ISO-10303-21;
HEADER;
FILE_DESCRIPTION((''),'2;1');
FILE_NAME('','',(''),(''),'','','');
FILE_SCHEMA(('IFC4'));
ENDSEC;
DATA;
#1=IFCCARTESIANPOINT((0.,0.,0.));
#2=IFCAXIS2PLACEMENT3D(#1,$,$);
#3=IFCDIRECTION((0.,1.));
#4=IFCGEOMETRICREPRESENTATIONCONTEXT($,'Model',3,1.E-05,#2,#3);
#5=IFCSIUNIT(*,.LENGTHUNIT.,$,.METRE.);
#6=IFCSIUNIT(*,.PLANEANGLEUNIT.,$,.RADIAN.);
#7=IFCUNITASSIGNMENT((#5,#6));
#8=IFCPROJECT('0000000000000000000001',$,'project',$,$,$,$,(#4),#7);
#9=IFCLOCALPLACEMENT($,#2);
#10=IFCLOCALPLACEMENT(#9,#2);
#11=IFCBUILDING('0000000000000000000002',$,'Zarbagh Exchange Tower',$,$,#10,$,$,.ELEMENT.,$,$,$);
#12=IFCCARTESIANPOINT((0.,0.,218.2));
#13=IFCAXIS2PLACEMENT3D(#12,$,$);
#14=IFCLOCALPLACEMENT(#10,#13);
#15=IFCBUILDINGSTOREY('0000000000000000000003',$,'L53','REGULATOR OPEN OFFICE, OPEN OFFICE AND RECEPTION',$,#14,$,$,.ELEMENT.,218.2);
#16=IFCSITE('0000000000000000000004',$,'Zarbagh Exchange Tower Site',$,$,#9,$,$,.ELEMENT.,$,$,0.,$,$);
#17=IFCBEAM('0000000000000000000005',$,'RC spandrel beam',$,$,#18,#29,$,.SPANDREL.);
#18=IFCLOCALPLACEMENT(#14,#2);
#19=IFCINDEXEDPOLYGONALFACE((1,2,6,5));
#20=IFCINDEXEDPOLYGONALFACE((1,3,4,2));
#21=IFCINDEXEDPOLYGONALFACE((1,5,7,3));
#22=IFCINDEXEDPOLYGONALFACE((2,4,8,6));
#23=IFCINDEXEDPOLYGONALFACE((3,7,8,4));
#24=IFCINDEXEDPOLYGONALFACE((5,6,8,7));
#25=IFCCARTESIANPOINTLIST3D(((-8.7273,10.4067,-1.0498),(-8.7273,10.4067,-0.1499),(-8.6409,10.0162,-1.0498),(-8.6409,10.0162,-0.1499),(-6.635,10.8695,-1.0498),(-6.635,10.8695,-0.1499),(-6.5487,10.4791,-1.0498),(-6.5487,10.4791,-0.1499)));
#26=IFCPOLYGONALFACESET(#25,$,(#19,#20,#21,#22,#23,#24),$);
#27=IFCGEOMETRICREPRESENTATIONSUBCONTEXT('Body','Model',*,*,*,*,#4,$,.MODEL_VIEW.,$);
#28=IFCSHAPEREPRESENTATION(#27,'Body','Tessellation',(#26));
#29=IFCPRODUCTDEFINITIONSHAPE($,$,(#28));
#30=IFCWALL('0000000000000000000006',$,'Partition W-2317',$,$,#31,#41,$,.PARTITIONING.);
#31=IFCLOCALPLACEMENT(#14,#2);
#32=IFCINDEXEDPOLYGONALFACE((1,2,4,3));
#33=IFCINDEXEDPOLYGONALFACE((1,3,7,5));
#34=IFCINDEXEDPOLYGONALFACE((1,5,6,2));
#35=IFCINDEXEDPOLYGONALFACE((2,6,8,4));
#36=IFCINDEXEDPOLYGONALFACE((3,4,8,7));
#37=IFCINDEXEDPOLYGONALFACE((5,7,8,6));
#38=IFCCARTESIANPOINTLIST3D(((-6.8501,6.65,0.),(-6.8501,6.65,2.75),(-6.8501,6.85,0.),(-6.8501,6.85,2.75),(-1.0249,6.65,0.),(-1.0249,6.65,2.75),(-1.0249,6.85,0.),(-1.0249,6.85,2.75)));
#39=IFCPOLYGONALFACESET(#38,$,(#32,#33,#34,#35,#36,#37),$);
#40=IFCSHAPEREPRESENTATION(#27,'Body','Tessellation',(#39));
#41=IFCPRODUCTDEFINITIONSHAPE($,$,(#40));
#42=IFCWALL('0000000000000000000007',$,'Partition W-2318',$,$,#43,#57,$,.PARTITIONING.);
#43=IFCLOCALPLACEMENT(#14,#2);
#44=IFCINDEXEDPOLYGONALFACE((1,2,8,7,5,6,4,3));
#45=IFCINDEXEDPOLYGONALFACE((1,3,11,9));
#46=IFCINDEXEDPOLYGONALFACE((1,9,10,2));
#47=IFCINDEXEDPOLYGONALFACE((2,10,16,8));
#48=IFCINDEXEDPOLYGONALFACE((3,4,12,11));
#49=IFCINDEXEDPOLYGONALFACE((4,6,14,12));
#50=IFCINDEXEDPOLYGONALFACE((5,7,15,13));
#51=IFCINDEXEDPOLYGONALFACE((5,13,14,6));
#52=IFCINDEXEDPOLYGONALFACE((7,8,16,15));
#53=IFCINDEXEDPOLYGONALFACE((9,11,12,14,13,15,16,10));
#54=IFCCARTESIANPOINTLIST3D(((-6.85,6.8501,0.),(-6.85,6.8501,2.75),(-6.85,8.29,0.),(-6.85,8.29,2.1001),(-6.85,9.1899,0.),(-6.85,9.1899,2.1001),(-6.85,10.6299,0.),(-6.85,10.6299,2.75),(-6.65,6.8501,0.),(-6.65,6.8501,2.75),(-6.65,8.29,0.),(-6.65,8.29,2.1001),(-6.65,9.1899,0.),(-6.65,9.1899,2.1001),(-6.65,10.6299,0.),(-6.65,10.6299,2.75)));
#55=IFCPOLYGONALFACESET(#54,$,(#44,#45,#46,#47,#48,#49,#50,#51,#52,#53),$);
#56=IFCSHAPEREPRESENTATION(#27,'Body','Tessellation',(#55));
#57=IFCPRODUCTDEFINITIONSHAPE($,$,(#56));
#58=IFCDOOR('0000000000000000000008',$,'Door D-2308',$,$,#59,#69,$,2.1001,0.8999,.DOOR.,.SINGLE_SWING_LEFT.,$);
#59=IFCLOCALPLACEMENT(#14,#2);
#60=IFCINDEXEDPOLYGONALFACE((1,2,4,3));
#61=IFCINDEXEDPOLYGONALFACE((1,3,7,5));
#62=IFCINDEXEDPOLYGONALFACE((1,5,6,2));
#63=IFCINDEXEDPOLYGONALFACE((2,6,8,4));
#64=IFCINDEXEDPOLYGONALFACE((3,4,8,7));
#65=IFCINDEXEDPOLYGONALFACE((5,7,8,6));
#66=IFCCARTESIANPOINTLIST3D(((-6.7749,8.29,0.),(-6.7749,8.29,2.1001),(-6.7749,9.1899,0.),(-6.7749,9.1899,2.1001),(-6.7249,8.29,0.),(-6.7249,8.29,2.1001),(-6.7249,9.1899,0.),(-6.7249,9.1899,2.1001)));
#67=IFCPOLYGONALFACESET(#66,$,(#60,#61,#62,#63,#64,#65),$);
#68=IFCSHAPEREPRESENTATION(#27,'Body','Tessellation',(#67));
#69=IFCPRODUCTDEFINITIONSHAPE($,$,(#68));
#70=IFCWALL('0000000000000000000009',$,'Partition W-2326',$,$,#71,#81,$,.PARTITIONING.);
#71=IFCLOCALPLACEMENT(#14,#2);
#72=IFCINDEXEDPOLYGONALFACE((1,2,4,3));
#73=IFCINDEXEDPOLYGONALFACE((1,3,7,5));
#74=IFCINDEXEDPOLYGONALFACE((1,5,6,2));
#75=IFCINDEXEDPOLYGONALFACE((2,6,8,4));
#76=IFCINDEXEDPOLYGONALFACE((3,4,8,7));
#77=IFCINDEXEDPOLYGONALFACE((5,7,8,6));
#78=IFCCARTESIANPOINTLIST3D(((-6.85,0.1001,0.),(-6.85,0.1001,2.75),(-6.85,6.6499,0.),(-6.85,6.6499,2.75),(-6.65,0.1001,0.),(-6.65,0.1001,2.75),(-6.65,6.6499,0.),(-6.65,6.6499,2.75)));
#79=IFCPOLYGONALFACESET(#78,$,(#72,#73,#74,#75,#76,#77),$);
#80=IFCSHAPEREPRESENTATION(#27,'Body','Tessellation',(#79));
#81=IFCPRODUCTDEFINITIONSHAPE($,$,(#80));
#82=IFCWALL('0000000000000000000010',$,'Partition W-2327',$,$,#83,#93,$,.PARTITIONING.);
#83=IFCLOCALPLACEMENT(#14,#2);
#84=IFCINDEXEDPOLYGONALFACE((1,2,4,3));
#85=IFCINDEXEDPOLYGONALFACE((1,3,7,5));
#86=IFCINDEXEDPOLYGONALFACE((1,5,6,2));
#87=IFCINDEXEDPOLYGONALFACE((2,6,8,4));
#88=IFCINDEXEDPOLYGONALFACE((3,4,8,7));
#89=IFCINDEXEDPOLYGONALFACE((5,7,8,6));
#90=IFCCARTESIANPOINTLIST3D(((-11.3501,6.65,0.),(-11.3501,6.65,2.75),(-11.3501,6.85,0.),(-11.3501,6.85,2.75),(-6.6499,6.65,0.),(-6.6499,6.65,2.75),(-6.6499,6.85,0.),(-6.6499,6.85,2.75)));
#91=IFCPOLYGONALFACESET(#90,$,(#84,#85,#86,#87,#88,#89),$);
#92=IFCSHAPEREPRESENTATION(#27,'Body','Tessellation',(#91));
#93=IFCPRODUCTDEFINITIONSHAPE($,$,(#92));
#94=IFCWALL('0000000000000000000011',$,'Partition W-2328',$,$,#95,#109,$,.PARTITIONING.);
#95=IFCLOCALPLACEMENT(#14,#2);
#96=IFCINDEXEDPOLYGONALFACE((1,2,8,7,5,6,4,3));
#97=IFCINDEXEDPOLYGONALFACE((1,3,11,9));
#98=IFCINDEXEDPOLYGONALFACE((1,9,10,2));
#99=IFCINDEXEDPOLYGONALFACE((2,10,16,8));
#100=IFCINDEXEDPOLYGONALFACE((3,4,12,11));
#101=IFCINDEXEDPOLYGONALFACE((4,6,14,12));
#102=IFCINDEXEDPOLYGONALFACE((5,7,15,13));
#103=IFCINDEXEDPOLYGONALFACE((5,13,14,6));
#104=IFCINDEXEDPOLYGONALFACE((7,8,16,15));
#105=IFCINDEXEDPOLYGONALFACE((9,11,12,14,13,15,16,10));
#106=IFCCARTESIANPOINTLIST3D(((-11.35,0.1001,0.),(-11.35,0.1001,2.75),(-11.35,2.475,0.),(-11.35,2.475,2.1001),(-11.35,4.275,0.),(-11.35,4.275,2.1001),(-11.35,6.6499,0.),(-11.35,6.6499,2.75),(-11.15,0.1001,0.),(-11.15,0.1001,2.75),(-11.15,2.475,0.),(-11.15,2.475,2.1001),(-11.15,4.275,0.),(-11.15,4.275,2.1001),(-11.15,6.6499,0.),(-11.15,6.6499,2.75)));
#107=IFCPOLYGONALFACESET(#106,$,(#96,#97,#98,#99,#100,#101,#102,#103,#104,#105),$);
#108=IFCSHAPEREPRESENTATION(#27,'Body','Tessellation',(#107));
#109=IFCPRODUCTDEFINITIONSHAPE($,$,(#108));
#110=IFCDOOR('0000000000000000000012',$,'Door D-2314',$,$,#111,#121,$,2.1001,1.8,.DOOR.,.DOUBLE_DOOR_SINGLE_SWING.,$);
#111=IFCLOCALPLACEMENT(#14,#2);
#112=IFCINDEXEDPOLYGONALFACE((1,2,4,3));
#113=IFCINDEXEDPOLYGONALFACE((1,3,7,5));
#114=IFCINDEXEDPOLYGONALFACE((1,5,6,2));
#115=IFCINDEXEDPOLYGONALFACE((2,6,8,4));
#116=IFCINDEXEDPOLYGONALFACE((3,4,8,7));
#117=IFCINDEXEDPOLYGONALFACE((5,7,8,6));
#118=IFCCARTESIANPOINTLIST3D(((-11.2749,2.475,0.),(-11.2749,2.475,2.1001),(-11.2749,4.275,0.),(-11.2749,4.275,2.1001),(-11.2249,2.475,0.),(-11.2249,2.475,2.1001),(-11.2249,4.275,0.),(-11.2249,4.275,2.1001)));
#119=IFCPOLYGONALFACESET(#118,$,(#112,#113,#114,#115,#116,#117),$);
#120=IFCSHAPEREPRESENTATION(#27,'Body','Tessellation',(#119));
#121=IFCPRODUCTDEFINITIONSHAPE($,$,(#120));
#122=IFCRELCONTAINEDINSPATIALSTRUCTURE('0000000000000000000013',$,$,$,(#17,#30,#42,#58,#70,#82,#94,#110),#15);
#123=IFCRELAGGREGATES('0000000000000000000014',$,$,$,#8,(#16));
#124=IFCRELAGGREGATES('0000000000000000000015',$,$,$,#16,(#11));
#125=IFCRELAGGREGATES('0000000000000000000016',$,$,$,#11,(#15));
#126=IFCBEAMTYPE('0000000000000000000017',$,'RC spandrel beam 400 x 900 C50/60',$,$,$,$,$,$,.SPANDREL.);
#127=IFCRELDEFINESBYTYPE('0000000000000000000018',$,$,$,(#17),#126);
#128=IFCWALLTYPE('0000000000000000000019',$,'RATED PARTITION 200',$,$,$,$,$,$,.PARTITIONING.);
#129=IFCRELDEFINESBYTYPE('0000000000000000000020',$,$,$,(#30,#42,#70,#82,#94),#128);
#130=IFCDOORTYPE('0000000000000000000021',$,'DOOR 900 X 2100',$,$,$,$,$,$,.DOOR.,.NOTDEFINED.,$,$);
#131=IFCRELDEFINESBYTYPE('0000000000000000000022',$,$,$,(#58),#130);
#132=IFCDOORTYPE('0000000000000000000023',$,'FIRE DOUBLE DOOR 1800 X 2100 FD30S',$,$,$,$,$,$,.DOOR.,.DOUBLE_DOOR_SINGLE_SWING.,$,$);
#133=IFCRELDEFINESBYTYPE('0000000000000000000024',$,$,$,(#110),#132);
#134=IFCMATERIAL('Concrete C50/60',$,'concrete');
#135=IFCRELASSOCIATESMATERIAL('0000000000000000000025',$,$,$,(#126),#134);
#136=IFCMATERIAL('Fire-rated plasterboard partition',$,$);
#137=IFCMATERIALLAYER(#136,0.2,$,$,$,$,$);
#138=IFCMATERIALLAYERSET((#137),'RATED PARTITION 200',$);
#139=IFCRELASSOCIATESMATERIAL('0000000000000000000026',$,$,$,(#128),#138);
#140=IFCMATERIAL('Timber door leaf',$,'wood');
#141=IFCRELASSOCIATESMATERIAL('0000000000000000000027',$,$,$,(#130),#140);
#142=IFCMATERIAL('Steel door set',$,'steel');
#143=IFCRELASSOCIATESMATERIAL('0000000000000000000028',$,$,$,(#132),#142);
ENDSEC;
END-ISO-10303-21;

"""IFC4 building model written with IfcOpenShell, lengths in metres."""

from ifc_helpers import new_model, si_unit, direction, frame, frame_2d, origin, origin_2d, place, context, subcontext, project, spatial, rectangle, extrude, material, layer, layer_set, material_profile, profile_set, type_object, element, fill, save


model = new_model("IFC4")

# Units and contexts
model_context = context("Model", 3, precision=1e-05, world=origin(), true_north=direction((0.0, 1.0)))
body_context = subcontext(model_context, "Body", "Model", "MODEL_VIEW")
ifc_project = project(units=[si_unit("LENGTHUNIT", "METRE"), si_unit("PLANEANGLEUNIT", "RADIAN")], contexts=[model_context])

# Site, building, storey
site_placement = place(None, origin())
site = spatial("IfcSite", under=ifc_project, at=site_placement, Name="Zarbagh Exchange Tower Site", CompositionType="ELEMENT", RefElevation=0.0)
building_placement = place(site_placement, origin())
building = spatial("IfcBuilding", under=site, at=building_placement, Name="Zarbagh Exchange Tower", CompositionType="ELEMENT")
storey_placement = place(building_placement, frame((0.0, 0.0, 218.2)))
storey = spatial("IfcBuildingStorey", under=building, at=storey_placement, Name="L53", Description="REGULATOR OPEN OFFICE, OPEN OFFICE AND RECEPTION", CompositionType="ELEMENT", Elevation=218.2)

# Shared definitions
ifc_material_1 = material(Name="Concrete C50/60", Category="concrete")

# Beam
ifc_material_profile_1 = material_profile(ifc_material_1, rectangle(XDim=0.3999, YDim=0.8999, at=origin_2d()), Name="RC spandrel beam 400 x 900 C50/60")
ifc_profile_set_1 = profile_set([ifc_material_profile_1], Name="Concrete C50/60")
beam_type_1 = type_object("IfcBeamType", Name="RC spandrel beam 400 x 900 C50/60", PredefinedType="SPANDREL", material=ifc_profile_set_1)
beam_1_placement = place(storey_placement, frame((-8.6841, 10.2114, -0.5999), z_axis=(0.97639, 0.216014, 0.0), x_axis=(-0.216014, 0.97639, 0.0)))
element("IfcBeam", 1, at=beam_1_placement, inside=storey, type_object=beam_type_1, Name="RC spandrel beam", PredefinedType="SPANDREL", context=body_context, shape_type="SweptSolid", body=[
    extrude(rectangle(XDim=0.3999, YDim=0.8999, at=origin_2d()), origin(), (0.0, 0.0, 1.0), 2.1428),
])

# Wall
ifc_material_2 = material(Name="Fire-rated plasterboard partition")
ifc_layer = layer(ifc_material_2, 0.2)
ifc_layer_set = layer_set([ifc_layer], Name="RATED PARTITION 200")
wall_type = type_object("IfcWallType", Name="RATED PARTITION 200", PredefinedType="PARTITIONING", material=ifc_layer_set)
wall_1_placement = place(storey_placement, frame((-6.8501, 6.75, 0.0), z_axis=(0.0, 0.0, 1.0), x_axis=(1.0, 0.0, 0.0)))
element("IfcWall", 2, at=wall_1_placement, inside=storey, type_object=wall_type, Name="Partition W-2317", PredefinedType="PARTITIONING", context=body_context, shape_type="SweptSolid", body=[
    extrude(rectangle(XDim=5.8252, YDim=0.2, at=frame_2d((2.9126, 0.0))), origin(), (0.0, 0.0, 1.0), 2.75),
])

# Wall, opening, door
wall_2_placement = place(storey_placement, frame((-6.75, 6.8501, 0.0), z_axis=(0.0, 0.0, 1.0), x_axis=(0.0, 1.0, 0.0)))
wall_2 = element("IfcWall", 3, at=wall_2_placement, inside=storey, type_object=wall_type, Name="Partition W-2318", PredefinedType="PARTITIONING", context=body_context, shape_type="SweptSolid", body=[
    extrude(rectangle(XDim=3.7798, YDim=0.2, at=frame_2d((1.8899, 0.0))), origin(), (0.0, 0.0, 1.0), 2.75),
])
opening_1_placement = place(wall_2_placement, frame((1.4399, 0.0, 0.0)))
opening_1 = element("IfcOpeningElement", 4, at=opening_1_placement, cuts=wall_2, PredefinedType="OPENING", context=body_context, shape_type="SweptSolid", body=[
    extrude(rectangle(XDim=0.8999, YDim=2.1001, at=frame_2d((0.45, 1.05))), frame((0.0, 0.1099, 0.0), z_axis=(0.0, -1.0, 0.0), x_axis=(1.0, 0.0, 0.0)), (0.0, 0.0, 1.0), 0.22),
])
ifc_material_3 = material(Name="Timber door leaf", Category="wood")
door_type_1 = type_object("IfcDoorType", Name="DOOR 900 X 2100", OperationType="NOTDEFINED", PredefinedType="DOOR", material=ifc_material_3)
door_1_placement = place(opening_1_placement, origin())
door_1 = element("IfcDoor", 5, at=door_1_placement, inside=storey, type_object=door_type_1, Name="Door D-2308", OperationType="SINGLE_SWING_LEFT", OverallHeight=2.1001, OverallWidth=0.8999, PredefinedType="DOOR", context=body_context, shape_type="SweptSolid", body=[
    extrude(rectangle(XDim=0.8999, YDim=2.1001, at=frame_2d((0.45, 1.05))), frame((0.0, 0.0249, 0.0), z_axis=(0.0, -1.0, 0.0), x_axis=(1.0, 0.0, 0.0)), (0.0, 0.0, 1.0), 0.05),
])
fill(opening_1, door_1)

# Walls
wall_3_placement = place(storey_placement, frame((-6.75, 0.1001, 0.0), z_axis=(0.0, 0.0, 1.0), x_axis=(0.0, 1.0, 0.0)))
element("IfcWall", 6, at=wall_3_placement, inside=storey, type_object=wall_type, Name="Partition W-2326", PredefinedType="PARTITIONING", context=body_context, shape_type="SweptSolid", body=[
    extrude(rectangle(XDim=6.5498, YDim=0.2, at=frame_2d((3.2749, 0.0))), origin(), (0.0, 0.0, 1.0), 2.75),
])
wall_4_placement = place(storey_placement, frame((-11.3501, 6.75, 0.0), z_axis=(0.0, 0.0, 1.0), x_axis=(1.0, 0.0, 0.0)))
element("IfcWall", 7, at=wall_4_placement, inside=storey, type_object=wall_type, Name="Partition W-2327", PredefinedType="PARTITIONING", context=body_context, shape_type="SweptSolid", body=[
    extrude(rectangle(XDim=4.7002, YDim=0.2, at=frame_2d((2.3501, 0.0))), origin(), (0.0, 0.0, 1.0), 2.75),
])

# Wall, opening, door
wall_5_placement = place(storey_placement, frame((-11.25, 0.1001, 0.0), z_axis=(0.0, 0.0, 1.0), x_axis=(0.0, 1.0, 0.0)))
wall_5 = element("IfcWall", 8, at=wall_5_placement, inside=storey, type_object=wall_type, Name="Partition W-2328", PredefinedType="PARTITIONING", context=body_context, shape_type="SweptSolid", body=[
    extrude(rectangle(XDim=6.5498, YDim=0.2, at=frame_2d((3.2749, 0.0))), origin(), (0.0, 0.0, 1.0), 2.75),
])
opening_2_placement = place(wall_5_placement, frame((2.375, 0.0, 0.0)))
opening_2 = element("IfcOpeningElement", 9, at=opening_2_placement, cuts=wall_5, PredefinedType="OPENING", context=body_context, shape_type="SweptSolid", body=[
    extrude(rectangle(XDim=1.8, YDim=2.1001, at=frame_2d((0.8999, 1.05))), frame((0.0, 0.1099, 0.0), z_axis=(0.0, -1.0, 0.0), x_axis=(1.0, 0.0, 0.0)), (0.0, 0.0, 1.0), 0.22),
])
ifc_material_4 = material(Name="Steel door set", Category="steel")
door_type_2 = type_object("IfcDoorType", Name="FIRE DOUBLE DOOR 1800 X 2100 FD30S", OperationType="DOUBLE_DOOR_SINGLE_SWING", PredefinedType="DOOR", material=ifc_material_4)
door_2_placement = place(opening_2_placement, origin())
door_2 = element("IfcDoor", 10, at=door_2_placement, inside=storey, type_object=door_type_2, Name="Door D-2314", OperationType="DOUBLE_DOOR_SINGLE_SWING", OverallHeight=2.1001, OverallWidth=1.8, PredefinedType="DOOR", context=body_context, shape_type="SweptSolid", body=[
    extrude(rectangle(XDim=1.8, YDim=2.1001, at=frame_2d((0.8999, 1.05))), frame((0.0, 0.0249, 0.0), z_axis=(0.0, -1.0, 0.0), x_axis=(1.0, 0.0, 0.0)), (0.0, 0.0, 1.0), 0.05),
])
fill(opening_2, door_2)

save(model, "model.ifc")
